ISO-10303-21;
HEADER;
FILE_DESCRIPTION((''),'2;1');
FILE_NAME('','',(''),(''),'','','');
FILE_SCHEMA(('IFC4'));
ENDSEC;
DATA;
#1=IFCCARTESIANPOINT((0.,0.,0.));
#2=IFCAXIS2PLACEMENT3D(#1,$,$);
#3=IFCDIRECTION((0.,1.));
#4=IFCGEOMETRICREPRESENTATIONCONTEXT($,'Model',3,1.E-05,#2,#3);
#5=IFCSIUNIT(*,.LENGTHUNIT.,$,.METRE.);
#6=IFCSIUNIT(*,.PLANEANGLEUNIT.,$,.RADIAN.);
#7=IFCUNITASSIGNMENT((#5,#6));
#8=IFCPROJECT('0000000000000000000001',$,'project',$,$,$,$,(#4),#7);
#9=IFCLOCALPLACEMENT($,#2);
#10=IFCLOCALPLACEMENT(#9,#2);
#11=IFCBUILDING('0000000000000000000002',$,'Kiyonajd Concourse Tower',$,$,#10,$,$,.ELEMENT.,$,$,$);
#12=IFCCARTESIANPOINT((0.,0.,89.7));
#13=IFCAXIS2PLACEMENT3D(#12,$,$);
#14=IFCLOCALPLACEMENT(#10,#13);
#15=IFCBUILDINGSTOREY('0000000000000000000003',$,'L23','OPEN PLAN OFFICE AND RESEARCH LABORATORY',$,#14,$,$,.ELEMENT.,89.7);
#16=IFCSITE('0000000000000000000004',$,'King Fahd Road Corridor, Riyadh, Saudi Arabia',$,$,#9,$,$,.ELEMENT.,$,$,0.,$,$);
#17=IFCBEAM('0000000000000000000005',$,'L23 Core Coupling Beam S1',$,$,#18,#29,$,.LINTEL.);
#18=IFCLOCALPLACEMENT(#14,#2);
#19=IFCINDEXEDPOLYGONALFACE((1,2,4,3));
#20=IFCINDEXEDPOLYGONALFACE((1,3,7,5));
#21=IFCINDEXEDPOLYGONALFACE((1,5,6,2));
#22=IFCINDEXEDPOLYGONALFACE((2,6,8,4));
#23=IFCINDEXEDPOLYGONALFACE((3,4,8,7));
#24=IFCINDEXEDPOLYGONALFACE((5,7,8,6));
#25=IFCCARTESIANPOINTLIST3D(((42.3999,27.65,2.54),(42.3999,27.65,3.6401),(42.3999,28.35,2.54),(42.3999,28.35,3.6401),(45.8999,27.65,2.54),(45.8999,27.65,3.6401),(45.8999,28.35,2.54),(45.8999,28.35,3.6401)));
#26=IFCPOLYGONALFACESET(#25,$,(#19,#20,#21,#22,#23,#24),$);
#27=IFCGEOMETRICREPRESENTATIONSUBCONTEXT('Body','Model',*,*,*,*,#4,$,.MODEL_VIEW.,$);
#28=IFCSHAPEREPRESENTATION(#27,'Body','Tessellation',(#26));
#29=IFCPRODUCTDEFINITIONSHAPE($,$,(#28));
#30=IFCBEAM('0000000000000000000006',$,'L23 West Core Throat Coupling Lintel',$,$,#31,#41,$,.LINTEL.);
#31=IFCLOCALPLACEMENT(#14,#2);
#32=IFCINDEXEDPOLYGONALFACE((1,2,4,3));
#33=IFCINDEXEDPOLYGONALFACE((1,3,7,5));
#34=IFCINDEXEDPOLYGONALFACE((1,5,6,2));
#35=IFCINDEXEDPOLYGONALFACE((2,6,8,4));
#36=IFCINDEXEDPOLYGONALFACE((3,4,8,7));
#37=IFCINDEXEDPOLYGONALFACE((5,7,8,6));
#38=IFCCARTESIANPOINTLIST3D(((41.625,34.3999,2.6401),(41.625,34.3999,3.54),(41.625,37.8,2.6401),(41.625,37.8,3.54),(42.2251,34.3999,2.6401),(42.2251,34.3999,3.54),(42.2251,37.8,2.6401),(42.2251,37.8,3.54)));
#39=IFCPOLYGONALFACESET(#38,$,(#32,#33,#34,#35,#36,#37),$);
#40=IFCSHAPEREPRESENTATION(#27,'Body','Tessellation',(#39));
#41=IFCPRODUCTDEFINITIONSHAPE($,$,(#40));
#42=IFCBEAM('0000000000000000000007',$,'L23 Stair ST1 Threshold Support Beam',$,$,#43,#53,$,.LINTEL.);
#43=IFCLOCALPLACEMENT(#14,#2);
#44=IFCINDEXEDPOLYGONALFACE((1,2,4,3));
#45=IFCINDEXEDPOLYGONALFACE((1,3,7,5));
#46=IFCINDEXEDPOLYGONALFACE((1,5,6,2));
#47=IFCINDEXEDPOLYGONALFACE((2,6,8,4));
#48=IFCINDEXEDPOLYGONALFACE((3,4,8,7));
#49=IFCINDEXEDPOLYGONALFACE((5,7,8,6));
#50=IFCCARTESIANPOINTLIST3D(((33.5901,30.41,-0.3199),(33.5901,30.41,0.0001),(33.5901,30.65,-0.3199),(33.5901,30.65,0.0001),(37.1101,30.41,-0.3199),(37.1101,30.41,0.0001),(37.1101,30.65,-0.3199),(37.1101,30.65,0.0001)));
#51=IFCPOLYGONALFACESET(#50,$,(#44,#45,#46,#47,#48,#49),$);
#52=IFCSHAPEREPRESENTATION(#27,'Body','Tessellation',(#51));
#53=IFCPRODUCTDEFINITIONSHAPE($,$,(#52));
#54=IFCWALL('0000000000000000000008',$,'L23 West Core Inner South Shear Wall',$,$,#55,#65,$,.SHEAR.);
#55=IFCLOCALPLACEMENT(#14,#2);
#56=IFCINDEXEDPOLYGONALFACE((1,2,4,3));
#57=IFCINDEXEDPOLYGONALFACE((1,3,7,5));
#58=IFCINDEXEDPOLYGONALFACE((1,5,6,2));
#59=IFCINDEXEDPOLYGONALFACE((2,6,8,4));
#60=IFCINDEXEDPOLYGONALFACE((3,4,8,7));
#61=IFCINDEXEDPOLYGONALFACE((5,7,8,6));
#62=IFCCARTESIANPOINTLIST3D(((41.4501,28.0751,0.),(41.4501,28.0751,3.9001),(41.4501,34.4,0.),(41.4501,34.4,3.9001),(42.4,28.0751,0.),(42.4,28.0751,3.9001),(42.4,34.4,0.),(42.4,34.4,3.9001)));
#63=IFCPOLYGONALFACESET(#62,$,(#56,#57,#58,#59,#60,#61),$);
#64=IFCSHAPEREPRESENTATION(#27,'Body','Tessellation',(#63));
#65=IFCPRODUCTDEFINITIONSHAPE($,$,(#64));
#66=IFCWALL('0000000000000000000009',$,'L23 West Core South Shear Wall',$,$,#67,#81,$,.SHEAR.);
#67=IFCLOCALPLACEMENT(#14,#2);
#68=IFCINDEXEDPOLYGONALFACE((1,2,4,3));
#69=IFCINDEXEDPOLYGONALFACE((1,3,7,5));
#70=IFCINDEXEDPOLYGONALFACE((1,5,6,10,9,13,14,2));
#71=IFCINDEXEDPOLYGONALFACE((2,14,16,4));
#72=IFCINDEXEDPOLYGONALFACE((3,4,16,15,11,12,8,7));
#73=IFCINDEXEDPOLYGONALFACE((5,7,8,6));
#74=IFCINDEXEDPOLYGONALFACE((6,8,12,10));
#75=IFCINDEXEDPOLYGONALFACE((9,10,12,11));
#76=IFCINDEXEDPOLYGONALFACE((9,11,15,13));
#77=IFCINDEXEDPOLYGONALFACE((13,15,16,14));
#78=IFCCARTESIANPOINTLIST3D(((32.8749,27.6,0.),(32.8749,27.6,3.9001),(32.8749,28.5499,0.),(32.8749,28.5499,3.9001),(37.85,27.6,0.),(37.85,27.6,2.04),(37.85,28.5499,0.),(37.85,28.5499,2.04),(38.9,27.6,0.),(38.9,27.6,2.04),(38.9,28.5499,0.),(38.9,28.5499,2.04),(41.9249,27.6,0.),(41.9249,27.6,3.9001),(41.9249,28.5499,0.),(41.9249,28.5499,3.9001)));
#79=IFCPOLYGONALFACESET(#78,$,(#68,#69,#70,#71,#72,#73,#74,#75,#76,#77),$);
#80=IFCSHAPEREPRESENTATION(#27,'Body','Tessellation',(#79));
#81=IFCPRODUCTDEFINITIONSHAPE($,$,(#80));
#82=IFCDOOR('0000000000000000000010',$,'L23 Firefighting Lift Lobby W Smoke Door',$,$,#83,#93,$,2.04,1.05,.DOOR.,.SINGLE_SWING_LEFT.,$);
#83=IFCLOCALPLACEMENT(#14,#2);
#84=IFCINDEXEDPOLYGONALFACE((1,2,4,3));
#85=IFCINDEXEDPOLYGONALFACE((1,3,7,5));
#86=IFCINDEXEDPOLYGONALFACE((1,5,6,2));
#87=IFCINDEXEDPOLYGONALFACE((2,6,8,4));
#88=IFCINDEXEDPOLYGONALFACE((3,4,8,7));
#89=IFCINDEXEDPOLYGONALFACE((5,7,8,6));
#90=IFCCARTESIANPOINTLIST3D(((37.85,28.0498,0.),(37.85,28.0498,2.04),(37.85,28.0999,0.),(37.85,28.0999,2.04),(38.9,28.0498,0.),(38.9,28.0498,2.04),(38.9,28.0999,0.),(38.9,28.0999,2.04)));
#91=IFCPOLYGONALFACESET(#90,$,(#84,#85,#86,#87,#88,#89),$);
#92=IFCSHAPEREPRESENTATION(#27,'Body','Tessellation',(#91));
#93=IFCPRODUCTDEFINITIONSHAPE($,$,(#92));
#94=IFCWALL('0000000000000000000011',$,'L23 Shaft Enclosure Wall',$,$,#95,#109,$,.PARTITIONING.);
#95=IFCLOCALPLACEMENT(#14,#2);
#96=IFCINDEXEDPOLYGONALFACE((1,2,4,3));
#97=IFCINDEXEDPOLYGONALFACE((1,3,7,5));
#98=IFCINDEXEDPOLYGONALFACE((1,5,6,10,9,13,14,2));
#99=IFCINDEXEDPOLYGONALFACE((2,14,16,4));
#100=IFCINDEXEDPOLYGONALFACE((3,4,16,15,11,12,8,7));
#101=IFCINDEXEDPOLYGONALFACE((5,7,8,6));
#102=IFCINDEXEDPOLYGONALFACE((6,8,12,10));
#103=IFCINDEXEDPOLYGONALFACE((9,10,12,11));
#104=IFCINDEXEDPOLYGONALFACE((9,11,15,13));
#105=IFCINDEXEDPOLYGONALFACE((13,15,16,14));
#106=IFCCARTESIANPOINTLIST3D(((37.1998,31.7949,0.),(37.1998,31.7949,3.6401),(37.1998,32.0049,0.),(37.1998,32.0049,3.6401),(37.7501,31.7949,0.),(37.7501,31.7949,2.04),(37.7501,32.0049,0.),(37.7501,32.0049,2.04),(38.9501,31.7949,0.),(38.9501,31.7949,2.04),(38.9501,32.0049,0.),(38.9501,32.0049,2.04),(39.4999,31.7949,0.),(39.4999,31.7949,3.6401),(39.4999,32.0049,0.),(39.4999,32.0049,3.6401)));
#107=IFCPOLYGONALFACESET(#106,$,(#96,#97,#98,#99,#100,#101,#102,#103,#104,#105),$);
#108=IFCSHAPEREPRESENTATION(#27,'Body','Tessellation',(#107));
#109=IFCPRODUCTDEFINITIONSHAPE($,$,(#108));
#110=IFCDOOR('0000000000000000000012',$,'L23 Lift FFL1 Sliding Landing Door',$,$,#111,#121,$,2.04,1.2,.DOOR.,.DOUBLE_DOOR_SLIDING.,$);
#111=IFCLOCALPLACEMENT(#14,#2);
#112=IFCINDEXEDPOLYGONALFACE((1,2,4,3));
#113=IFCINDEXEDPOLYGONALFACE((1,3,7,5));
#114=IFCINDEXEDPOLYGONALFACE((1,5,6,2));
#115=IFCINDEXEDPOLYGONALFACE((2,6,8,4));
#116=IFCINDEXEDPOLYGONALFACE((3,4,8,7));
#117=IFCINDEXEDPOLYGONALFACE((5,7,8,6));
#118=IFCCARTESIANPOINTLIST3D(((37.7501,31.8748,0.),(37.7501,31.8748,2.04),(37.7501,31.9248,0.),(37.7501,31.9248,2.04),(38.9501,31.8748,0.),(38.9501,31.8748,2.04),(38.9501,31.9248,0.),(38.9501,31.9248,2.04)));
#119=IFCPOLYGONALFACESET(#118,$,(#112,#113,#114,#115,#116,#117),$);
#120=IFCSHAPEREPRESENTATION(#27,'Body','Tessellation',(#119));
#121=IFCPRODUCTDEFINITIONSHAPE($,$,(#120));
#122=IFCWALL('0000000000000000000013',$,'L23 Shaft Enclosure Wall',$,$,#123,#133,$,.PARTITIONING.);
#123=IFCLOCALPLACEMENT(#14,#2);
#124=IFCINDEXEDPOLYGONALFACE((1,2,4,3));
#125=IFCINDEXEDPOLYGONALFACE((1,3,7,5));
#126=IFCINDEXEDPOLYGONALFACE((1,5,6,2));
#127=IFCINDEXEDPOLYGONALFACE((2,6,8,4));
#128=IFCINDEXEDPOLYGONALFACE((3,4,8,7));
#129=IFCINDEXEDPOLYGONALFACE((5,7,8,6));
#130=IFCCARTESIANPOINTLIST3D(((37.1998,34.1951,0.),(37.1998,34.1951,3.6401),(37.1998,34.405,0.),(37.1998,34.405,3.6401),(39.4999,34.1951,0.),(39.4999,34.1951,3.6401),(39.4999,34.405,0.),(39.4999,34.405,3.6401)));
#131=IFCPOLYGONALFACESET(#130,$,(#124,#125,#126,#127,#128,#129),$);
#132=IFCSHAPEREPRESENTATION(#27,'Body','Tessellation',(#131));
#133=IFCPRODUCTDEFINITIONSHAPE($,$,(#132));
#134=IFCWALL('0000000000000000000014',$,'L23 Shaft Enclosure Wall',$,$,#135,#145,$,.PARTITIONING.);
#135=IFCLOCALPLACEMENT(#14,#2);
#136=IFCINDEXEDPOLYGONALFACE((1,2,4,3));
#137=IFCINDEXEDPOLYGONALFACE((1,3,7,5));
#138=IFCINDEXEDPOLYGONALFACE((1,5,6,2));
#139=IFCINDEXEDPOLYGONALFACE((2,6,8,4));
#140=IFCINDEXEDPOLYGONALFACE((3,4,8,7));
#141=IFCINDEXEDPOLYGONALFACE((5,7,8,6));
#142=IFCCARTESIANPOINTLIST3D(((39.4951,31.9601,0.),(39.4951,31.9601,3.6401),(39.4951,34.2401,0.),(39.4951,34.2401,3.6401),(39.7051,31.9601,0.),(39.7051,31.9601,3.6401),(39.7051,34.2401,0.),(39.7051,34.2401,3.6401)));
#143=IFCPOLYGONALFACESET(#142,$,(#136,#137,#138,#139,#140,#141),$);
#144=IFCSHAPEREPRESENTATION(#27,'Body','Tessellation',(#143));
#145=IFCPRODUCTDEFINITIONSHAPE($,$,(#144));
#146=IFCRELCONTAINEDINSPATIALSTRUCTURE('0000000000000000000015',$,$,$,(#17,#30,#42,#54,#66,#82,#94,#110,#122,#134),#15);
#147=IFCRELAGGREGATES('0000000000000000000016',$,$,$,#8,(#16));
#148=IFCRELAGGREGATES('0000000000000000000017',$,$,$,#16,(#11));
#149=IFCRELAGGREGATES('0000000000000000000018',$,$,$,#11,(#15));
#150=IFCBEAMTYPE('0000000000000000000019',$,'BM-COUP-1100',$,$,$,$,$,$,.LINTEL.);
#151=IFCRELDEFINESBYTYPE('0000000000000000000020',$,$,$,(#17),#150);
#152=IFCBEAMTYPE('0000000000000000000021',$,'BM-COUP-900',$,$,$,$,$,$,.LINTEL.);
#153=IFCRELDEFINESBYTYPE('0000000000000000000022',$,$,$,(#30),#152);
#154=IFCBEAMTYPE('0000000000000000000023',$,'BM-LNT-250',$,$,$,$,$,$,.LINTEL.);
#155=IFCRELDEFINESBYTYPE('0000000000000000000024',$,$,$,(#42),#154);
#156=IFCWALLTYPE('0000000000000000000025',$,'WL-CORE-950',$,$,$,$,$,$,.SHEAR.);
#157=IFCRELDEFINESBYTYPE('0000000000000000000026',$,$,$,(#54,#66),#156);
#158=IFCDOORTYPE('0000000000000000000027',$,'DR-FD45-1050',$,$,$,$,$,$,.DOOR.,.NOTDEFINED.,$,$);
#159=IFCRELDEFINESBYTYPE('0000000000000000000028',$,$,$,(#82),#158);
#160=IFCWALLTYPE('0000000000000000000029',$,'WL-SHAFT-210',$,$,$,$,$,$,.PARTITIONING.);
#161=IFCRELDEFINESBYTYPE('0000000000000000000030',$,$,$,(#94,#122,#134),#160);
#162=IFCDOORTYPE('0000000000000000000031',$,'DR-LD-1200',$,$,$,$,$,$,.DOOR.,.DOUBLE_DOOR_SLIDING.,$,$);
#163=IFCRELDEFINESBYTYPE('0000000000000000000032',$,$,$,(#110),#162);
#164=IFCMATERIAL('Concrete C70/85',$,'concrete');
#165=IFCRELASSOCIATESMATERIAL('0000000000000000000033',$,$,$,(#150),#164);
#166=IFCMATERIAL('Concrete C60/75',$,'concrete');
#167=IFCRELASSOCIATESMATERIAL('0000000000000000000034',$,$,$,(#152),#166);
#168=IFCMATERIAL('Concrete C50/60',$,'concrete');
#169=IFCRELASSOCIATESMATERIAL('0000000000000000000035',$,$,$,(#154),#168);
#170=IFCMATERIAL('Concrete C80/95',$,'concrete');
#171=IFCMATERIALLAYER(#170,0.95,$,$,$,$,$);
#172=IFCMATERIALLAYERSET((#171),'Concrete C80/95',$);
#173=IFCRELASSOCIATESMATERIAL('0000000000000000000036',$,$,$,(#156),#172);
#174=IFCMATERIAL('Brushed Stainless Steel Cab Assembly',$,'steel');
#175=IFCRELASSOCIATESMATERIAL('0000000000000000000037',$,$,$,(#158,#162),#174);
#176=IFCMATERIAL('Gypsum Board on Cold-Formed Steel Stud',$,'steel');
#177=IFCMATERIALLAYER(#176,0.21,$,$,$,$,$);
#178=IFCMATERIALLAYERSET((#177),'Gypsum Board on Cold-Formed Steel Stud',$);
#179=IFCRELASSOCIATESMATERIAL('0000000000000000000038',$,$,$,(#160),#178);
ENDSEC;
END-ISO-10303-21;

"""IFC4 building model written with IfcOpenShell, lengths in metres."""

from ifc_helpers import new_model, si_unit, direction, frame, frame_2d, origin, origin_2d, place, context, subcontext, project, spatial, rectangle, extrude, material, layer, layer_set, material_profile, profile_set, type_object, element, fill, save


model = new_model("IFC4")

# Units and contexts
model_context = context("Model", 3, precision=1e-05, world=origin(), true_north=direction((0.0, 1.0)))
body_context = subcontext(model_context, "Body", "Model", "MODEL_VIEW")
ifc_project = project(units=[si_unit("LENGTHUNIT", "METRE"), si_unit("PLANEANGLEUNIT", "RADIAN")], contexts=[model_context])

# Site, building, storey
site_placement = place(None, origin())
site = spatial("IfcSite", under=ifc_project, at=site_placement, Name="King Fahd Road Corridor, Riyadh, Saudi Arabia", CompositionType="ELEMENT", RefElevation=0.0)
building_placement = place(site_placement, origin())
building = spatial("IfcBuilding", under=site, at=building_placement, Name="Kiyonajd Concourse Tower", CompositionType="ELEMENT")
storey_placement = place(building_placement, frame((0.0, 0.0, 89.7)))
storey = spatial("IfcBuildingStorey", under=building, at=storey_placement, Name="L23", Description="OPEN PLAN OFFICE AND RESEARCH LABORATORY", CompositionType="ELEMENT", Elevation=89.7)

# Beams
ifc_material_1 = material(Name="Concrete C70/85", Category="concrete")
ifc_material_profile_1 = material_profile(ifc_material_1, rectangle(XDim=0.7, YDim=1.1001, at=origin_2d()), Name="RCBM-700x1100")
ifc_profile_set_1 = profile_set([ifc_material_profile_1], Name="Concrete C70/85")
beam_type_1 = type_object("IfcBeamType", Name="BM-COUP-1100", PredefinedType="LINTEL", material=ifc_profile_set_1)
beam_1_placement = place(storey_placement, frame((42.3999, 28.0, 3.0901), z_axis=(1.0, 0.0, 0.0), x_axis=(0.0, 1.0, 0.0)))
element("IfcBeam", 1, at=beam_1_placement, inside=storey, type_object=beam_type_1, Name="L23 Core Coupling Beam S1", PredefinedType="LINTEL", context=body_context, shape_type="SweptSolid", body=[
    extrude(rectangle(XDim=0.7, YDim=1.1001, at=origin_2d()), origin(), (0.0, 0.0, 1.0), 3.5),
])
ifc_material_2 = material(Name="Concrete C60/75", Category="concrete")
ifc_material_profile_2 = material_profile(ifc_material_2, rectangle(XDim=0.6001, YDim=0.8999, at=origin_2d()), Name="RCBM-600x900")
ifc_profile_set_2 = profile_set([ifc_material_profile_2], Name="Concrete C60/75")
beam_type_2 = type_object("IfcBeamType", Name="BM-COUP-900", PredefinedType="LINTEL", material=ifc_profile_set_2)
beam_2_placement = place(storey_placement, frame((41.925, 34.3999, 3.0901), z_axis=(0.0, 1.0, 0.0), x_axis=(-1.0, 0.0, 0.0)))
element("IfcBeam", 2, at=beam_2_placement, inside=storey, type_object=beam_type_2, Name="L23 West Core Throat Coupling Lintel", PredefinedType="LINTEL", context=body_context, shape_type="SweptSolid", body=[
    extrude(rectangle(XDim=0.6001, YDim=0.8999, at=origin_2d()), origin(), (0.0, 0.0, 1.0), 3.4001),
])
ifc_material_3 = material(Name="Concrete C50/60", Category="concrete")
ifc_material_profile_3 = material_profile(ifc_material_3, rectangle(XDim=0.24, YDim=0.3201, at=origin_2d()), Name="RCBM-240x320")
ifc_profile_set_3 = profile_set([ifc_material_profile_3], Name="Concrete C50/60")
beam_type_3 = type_object("IfcBeamType", Name="BM-LNT-250", PredefinedType="LINTEL", material=ifc_profile_set_3)
beam_3_placement = place(storey_placement, frame((33.5901, 30.53, -0.1599), z_axis=(1.0, 0.0, 0.0), x_axis=(0.0, 1.0, 0.0)))
element("IfcBeam", 3, at=beam_3_placement, inside=storey, type_object=beam_type_3, Name="L23 Stair ST1 Threshold Support Beam", PredefinedType="LINTEL", context=body_context, shape_type="SweptSolid", body=[
    extrude(rectangle(XDim=0.24, YDim=0.3201, at=origin_2d()), origin(), (0.0, 0.0, 1.0), 3.52),
])

# Wall
ifc_material_4 = material(Name="Concrete C80/95", Category="concrete")
ifc_layer_1 = layer(ifc_material_4, 0.95)
ifc_layer_set_1 = layer_set([ifc_layer_1], Name="Concrete C80/95")
wall_type_1 = type_object("IfcWallType", Name="WL-CORE-950", PredefinedType="SHEAR", material=ifc_layer_set_1)
wall_1_placement = place(storey_placement, frame((41.925, 28.075, 0.0), z_axis=(0.0, 0.0, 1.0), x_axis=(0.0, 1.0, 0.0)))
element("IfcWall", 4, at=wall_1_placement, inside=storey, type_object=wall_type_1, Name="L23 West Core Inner South Shear Wall", PredefinedType="SHEAR", context=body_context, shape_type="SweptSolid", body=[
    extrude(rectangle(XDim=6.325, YDim=0.95, at=frame_2d((3.1626, 0.0))), origin(), (0.0, 0.0, 1.0), 3.9001),
])

# Walls, openings, doors
wall_2_placement = place(storey_placement, frame((32.875, 28.075, 0.0), z_axis=(0.0, 0.0, 1.0), x_axis=(1.0, 0.0, 0.0)))
wall_2 = element("IfcWall", 5, at=wall_2_placement, inside=storey, type_object=wall_type_1, Name="L23 West Core South Shear Wall", PredefinedType="SHEAR", context=body_context, shape_type="SweptSolid", body=[
    extrude(rectangle(XDim=9.05, YDim=0.95, at=frame_2d((4.5249, 0.0))), origin(), (0.0, 0.0, 1.0), 3.9001),
])
opening_1_placement = place(wall_2_placement, frame((4.9751, 0.0, 0.0)))
opening_1 = element("IfcOpeningElement", 6, at=opening_1_placement, cuts=wall_2, PredefinedType="OPENING", context=body_context, shape_type="SweptSolid", body=[
    extrude(rectangle(XDim=1.05, YDim=2.04, at=frame_2d((0.5249, 1.02))), frame((0.0, 0.4849, 0.0), z_axis=(0.0, -1.0, 0.0), x_axis=(1.0, 0.0, 0.0)), (0.0, 0.0, 1.0), 0.97),
])
ifc_material_5 = material(Name="Brushed Stainless Steel Cab Assembly", Category="steel")
door_type_1 = type_object("IfcDoorType", Name="DR-FD45-1050", OperationType="NOTDEFINED", PredefinedType="DOOR", material=ifc_material_5)
door_1_placement = place(opening_1_placement, origin())
door_1 = element("IfcDoor", 7, at=door_1_placement, inside=storey, type_object=door_type_1, Name="L23 Firefighting Lift Lobby W Smoke Door", OperationType="SINGLE_SWING_LEFT", OverallHeight=2.04, OverallWidth=1.05, PredefinedType="DOOR", context=body_context, shape_type="SweptSolid", body=[
    extrude(rectangle(XDim=1.05, YDim=2.04, at=frame_2d((0.5249, 1.02))), frame((0.0, 0.0249, 0.0), z_axis=(0.0, -1.0, 0.0), x_axis=(1.0, 0.0, 0.0)), (0.0, 0.0, 1.0), 0.05),
])
fill(opening_1, door_1)
ifc_material_6 = material(Name="Gypsum Board on Cold-Formed Steel Stud", Category="steel")
ifc_layer_2 = layer(ifc_material_6, 0.21)
ifc_layer_set_2 = layer_set([ifc_layer_2], Name="Gypsum Board on Cold-Formed Steel Stud")
wall_type_2 = type_object("IfcWallType", Name="WL-SHAFT-210", PredefinedType="PARTITIONING", material=ifc_layer_set_2)
wall_3_placement = place(storey_placement, frame((37.2, 31.8999, 0.0), z_axis=(0.0, 0.0, 1.0), x_axis=(1.0, 0.0, 0.0)))
wall_3 = element("IfcWall", 8, at=wall_3_placement, inside=storey, type_object=wall_type_2, Name="L23 Shaft Enclosure Wall", PredefinedType="PARTITIONING", context=body_context, shape_type="SweptSolid", body=[
    extrude(rectangle(XDim=2.3, YDim=0.21, at=frame_2d((1.1499, 0.0))), origin(), (0.0, 0.0, 1.0), 3.6401),
])
opening_2_placement = place(wall_3_placement, frame((0.55, 0.0, 0.0)))
opening_2 = element("IfcOpeningElement", 9, at=opening_2_placement, cuts=wall_3, PredefinedType="OPENING", context=body_context, shape_type="SweptSolid", body=[
    extrude(rectangle(XDim=1.2, YDim=2.04, at=frame_2d((0.6001, 1.02))), frame((0.0, 0.115, 0.0), z_axis=(0.0, -1.0, 0.0), x_axis=(1.0, 0.0, 0.0)), (0.0, 0.0, 1.0), 0.23),
])
door_type_2 = type_object("IfcDoorType", Name="DR-LD-1200", OperationType="DOUBLE_DOOR_SLIDING", PredefinedType="DOOR", material=ifc_material_5)
door_2_placement = place(opening_2_placement, origin())
door_2 = element("IfcDoor", 10, at=door_2_placement, inside=storey, type_object=door_type_2, Name="L23 Lift FFL1 Sliding Landing Door", OperationType="DOUBLE_DOOR_SLIDING", OverallHeight=2.04, OverallWidth=1.2, PredefinedType="DOOR", context=body_context, shape_type="SweptSolid", body=[
    extrude(rectangle(XDim=1.2, YDim=2.04, at=frame_2d((0.6001, 1.02))), frame((0.0, 0.0249, 0.0), z_axis=(0.0, -1.0, 0.0), x_axis=(1.0, 0.0, 0.0)), (0.0, 0.0, 1.0), 0.05),
])
fill(opening_2, door_2)

# Walls
wall_4_placement = place(storey_placement, frame((37.2, 34.3, 0.0), z_axis=(0.0, 0.0, 1.0), x_axis=(1.0, 0.0, 0.0)))
element("IfcWall", 11, at=wall_4_placement, inside=storey, type_object=wall_type_2, Name="L23 Shaft Enclosure Wall", PredefinedType="PARTITIONING", context=body_context, shape_type="SweptSolid", body=[
    extrude(rectangle(XDim=2.3, YDim=0.21, at=frame_2d((1.1499, 0.0))), origin(), (0.0, 0.0, 1.0), 3.6401),
])
wall_5_placement = place(storey_placement, frame((39.6001, 31.96, 0.0), z_axis=(0.0, 0.0, 1.0), x_axis=(0.0, 1.0, 0.0)))
element("IfcWall", 12, at=wall_5_placement, inside=storey, type_object=wall_type_2, Name="L23 Shaft Enclosure Wall", PredefinedType="PARTITIONING", context=body_context, shape_type="SweptSolid", body=[
    extrude(rectangle(XDim=2.28, YDim=0.21, at=frame_2d((1.1401, 0.0))), origin(), (0.0, 0.0, 1.0), 3.6401),
])

save(model, "model.ifc")
